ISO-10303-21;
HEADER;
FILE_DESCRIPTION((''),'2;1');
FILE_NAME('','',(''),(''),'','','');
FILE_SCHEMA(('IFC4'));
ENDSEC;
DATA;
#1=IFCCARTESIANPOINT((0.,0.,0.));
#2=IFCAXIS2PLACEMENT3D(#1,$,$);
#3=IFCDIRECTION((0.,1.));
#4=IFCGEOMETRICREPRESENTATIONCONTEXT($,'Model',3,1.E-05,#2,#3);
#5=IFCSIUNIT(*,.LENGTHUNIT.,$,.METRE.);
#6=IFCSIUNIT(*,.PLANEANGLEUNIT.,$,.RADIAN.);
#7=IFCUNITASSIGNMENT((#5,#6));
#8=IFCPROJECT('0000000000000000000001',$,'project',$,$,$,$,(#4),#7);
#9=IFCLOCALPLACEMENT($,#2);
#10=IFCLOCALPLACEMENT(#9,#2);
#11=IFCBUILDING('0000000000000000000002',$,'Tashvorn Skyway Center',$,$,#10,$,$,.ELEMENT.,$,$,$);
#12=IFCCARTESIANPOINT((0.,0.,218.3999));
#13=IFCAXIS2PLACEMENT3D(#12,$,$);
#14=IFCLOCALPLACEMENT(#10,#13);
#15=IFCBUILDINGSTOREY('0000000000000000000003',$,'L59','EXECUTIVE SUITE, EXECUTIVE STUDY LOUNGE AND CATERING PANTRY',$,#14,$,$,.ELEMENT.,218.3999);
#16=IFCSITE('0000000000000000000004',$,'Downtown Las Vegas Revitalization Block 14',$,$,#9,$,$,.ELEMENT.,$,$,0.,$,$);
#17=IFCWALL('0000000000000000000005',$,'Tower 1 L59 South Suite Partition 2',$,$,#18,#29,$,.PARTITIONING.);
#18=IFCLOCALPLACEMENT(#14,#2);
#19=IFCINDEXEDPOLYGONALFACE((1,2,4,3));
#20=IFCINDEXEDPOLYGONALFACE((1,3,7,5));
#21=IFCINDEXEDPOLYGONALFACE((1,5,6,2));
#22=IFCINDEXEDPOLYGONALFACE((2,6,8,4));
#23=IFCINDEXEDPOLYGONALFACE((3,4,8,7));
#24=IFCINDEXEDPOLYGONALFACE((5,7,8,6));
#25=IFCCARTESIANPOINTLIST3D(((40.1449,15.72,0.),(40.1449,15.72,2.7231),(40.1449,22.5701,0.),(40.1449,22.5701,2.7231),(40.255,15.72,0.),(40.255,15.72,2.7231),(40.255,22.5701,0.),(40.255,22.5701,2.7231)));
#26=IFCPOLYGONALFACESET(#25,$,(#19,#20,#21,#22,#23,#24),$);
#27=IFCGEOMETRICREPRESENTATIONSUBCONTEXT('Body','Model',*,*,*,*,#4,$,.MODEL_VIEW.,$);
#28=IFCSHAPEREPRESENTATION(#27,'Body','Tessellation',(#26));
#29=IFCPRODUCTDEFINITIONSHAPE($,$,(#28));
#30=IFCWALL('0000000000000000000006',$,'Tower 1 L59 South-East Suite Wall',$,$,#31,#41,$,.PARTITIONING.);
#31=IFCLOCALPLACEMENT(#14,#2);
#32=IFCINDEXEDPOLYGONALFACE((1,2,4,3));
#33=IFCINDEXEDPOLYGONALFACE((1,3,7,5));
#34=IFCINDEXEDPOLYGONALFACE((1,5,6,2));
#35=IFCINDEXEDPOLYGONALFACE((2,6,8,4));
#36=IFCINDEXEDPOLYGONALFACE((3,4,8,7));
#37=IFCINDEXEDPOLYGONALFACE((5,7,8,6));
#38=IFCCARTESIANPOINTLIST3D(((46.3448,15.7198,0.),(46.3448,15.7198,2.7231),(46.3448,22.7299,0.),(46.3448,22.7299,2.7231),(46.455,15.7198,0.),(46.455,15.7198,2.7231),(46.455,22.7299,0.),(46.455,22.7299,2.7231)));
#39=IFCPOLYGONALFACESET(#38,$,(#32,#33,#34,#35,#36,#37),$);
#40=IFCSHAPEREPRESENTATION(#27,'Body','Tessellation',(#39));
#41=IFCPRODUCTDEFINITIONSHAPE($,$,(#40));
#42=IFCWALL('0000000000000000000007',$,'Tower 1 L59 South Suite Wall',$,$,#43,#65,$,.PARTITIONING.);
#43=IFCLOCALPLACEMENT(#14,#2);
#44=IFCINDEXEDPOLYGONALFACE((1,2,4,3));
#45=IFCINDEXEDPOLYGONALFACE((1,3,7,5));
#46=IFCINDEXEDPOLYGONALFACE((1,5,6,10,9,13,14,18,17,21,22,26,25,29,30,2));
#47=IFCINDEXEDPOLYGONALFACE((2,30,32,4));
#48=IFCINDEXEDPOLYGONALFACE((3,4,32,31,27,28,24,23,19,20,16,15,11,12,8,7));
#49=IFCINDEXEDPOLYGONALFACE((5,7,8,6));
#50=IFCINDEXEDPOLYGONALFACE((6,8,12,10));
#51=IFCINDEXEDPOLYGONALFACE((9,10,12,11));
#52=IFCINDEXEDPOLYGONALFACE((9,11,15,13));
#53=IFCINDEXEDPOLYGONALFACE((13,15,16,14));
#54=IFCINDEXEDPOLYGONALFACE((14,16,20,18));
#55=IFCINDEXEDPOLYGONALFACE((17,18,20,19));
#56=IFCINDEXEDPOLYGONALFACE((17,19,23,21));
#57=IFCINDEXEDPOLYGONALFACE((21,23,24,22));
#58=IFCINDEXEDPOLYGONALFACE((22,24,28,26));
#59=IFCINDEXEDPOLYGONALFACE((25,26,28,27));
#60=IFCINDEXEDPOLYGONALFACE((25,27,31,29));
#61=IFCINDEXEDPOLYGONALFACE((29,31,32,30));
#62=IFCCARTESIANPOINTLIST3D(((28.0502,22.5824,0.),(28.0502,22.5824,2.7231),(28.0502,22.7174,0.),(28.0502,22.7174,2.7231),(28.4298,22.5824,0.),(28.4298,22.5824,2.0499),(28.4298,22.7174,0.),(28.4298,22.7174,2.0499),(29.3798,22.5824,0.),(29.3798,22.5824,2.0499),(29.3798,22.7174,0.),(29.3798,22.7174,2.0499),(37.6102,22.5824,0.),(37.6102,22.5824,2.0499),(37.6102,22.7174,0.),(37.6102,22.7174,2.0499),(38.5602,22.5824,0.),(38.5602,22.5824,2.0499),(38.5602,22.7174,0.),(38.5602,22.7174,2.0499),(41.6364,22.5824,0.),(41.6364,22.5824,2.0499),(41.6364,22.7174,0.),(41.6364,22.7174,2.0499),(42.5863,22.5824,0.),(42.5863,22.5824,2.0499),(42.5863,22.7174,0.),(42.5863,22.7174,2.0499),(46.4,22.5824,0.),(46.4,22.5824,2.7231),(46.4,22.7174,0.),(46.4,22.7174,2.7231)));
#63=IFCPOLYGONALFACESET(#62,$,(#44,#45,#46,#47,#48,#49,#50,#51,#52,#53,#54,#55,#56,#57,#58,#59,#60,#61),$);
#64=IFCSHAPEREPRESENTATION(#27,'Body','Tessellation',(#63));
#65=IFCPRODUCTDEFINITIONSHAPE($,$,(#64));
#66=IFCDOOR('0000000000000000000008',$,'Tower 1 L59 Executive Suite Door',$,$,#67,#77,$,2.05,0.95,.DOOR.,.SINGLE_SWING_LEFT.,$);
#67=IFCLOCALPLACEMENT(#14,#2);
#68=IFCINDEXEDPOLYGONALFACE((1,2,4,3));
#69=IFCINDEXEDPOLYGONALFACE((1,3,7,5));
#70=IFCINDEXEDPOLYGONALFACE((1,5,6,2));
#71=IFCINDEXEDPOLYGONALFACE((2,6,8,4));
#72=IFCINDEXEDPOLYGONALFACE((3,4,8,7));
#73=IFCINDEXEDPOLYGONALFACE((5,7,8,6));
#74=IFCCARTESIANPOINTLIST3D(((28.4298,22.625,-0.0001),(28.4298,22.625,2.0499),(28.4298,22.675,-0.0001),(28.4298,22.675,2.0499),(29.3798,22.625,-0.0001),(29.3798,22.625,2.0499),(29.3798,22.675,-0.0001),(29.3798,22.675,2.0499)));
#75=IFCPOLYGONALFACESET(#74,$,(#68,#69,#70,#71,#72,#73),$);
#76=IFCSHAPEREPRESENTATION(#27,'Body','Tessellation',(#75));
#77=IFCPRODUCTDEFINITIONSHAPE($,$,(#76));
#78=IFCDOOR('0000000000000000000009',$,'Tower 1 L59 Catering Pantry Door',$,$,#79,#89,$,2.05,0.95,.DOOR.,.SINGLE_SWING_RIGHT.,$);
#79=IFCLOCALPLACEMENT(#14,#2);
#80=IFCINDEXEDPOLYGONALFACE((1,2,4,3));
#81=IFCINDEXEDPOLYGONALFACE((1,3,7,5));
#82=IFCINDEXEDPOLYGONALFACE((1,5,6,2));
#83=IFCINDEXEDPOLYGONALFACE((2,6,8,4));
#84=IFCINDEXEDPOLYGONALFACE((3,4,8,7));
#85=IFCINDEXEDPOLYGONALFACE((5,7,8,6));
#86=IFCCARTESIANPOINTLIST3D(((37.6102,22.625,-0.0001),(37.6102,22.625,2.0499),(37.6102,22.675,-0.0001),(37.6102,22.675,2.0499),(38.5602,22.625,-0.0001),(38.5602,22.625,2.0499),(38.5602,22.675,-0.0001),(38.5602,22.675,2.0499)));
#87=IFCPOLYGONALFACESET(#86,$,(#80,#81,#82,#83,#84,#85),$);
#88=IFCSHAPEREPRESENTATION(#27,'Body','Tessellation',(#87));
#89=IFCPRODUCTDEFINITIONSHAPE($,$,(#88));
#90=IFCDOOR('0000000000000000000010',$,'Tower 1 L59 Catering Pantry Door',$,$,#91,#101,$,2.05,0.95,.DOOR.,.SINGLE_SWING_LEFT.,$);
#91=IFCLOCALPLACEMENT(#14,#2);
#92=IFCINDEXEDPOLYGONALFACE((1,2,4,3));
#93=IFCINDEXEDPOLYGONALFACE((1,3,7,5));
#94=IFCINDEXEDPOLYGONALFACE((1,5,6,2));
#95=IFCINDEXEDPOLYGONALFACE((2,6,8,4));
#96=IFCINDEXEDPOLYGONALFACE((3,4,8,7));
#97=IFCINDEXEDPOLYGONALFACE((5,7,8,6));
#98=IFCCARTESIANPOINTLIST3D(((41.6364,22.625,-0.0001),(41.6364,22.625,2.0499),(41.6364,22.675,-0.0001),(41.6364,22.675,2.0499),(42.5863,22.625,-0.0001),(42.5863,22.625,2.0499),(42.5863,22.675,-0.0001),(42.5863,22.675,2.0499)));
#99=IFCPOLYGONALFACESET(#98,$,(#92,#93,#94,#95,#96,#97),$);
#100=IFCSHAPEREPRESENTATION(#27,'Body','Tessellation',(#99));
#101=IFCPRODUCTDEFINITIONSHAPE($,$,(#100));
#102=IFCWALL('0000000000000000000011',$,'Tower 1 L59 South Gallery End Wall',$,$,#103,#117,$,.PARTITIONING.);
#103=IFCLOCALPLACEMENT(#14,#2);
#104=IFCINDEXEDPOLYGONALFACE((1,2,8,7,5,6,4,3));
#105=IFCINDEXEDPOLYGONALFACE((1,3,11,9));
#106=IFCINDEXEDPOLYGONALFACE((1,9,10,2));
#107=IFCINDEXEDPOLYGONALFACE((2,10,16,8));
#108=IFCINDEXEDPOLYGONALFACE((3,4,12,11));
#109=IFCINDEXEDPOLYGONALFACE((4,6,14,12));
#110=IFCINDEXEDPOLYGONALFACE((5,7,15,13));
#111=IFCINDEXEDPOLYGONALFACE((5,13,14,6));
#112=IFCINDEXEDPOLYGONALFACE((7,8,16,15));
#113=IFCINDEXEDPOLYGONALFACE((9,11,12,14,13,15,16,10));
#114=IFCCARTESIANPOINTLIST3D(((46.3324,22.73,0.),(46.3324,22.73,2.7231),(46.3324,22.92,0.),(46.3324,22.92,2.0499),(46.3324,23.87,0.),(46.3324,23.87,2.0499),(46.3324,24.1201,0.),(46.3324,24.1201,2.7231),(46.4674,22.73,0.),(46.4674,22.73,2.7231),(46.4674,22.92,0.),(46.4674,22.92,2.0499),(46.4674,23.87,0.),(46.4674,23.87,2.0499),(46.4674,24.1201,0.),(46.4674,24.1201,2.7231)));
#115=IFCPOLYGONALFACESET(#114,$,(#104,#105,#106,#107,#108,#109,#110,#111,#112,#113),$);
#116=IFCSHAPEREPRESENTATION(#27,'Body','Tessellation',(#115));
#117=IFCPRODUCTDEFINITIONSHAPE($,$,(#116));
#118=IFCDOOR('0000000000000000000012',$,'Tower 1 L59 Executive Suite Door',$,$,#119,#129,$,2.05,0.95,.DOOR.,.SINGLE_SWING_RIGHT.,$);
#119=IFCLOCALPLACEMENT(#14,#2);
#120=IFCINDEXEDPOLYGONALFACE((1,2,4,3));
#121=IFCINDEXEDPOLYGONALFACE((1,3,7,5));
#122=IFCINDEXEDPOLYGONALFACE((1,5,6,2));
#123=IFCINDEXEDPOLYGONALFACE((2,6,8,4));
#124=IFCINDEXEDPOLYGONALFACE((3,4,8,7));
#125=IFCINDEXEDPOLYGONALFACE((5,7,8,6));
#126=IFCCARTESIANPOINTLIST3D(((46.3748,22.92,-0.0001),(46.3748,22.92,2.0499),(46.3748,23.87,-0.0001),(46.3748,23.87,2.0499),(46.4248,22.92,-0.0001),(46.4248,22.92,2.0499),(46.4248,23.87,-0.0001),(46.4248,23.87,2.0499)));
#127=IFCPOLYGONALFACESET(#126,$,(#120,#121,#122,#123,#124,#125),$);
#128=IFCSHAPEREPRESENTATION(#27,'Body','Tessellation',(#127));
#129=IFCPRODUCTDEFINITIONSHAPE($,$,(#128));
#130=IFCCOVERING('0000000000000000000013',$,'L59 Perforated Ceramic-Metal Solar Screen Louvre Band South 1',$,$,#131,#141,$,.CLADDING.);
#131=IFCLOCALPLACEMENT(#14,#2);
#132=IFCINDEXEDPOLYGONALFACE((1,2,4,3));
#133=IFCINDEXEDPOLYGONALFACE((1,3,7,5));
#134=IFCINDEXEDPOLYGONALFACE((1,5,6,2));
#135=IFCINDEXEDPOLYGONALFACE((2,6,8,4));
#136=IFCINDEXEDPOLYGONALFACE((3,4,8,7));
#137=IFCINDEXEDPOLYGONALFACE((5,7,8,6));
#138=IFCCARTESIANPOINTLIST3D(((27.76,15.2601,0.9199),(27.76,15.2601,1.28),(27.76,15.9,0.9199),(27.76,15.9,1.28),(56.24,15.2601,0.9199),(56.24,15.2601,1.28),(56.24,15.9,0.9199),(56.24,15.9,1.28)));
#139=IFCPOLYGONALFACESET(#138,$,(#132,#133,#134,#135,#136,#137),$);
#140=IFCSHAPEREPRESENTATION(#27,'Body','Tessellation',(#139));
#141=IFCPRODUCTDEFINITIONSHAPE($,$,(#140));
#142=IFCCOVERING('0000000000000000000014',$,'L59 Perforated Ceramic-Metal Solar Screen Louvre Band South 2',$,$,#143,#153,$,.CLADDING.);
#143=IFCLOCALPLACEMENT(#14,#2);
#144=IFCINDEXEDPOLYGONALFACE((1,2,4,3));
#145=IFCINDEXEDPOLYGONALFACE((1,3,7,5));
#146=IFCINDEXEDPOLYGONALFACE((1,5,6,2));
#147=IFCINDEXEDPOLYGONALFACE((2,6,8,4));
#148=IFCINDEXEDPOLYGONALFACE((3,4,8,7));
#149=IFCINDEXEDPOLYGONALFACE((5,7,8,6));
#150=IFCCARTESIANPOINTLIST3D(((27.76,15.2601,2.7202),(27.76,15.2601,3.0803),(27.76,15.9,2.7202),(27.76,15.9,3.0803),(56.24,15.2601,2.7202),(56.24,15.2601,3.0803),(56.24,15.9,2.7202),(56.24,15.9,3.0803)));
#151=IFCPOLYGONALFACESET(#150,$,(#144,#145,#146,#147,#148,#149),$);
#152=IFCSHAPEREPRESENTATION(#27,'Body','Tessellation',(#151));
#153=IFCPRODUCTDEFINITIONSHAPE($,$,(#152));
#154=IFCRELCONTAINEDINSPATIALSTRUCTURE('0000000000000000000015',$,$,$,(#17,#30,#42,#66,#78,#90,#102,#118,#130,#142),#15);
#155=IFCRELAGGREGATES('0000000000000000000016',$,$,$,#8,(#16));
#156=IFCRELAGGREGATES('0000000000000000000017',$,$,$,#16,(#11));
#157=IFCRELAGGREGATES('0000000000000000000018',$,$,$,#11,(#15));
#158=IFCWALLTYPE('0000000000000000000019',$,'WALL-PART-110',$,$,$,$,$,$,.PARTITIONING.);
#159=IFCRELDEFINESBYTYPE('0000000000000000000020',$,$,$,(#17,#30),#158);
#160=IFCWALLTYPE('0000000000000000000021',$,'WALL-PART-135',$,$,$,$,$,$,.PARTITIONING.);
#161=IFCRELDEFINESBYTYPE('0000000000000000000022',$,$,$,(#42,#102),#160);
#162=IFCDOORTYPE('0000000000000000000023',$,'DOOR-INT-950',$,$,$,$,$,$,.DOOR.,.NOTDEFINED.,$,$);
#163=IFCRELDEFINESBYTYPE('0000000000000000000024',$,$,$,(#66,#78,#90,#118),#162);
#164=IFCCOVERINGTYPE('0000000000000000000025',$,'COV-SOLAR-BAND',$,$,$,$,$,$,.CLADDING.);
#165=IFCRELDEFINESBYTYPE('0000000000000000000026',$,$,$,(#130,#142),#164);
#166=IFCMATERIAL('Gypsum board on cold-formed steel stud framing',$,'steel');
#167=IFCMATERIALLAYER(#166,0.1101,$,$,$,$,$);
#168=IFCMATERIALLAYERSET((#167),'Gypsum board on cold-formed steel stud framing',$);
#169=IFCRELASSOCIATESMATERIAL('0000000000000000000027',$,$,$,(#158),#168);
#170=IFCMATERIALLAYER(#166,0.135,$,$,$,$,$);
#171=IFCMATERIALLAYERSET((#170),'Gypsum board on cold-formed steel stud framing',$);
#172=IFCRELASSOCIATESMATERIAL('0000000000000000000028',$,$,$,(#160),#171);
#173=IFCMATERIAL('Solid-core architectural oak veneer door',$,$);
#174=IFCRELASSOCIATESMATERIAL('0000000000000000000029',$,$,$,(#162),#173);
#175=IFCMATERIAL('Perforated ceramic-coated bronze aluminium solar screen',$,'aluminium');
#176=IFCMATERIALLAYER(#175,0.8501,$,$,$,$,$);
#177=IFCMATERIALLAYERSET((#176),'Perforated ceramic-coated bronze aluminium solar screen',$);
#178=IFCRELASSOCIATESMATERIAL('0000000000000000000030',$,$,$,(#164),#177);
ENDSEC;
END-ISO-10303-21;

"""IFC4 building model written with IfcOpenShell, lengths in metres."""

from ifc_helpers import new_model, si_unit, direction, frame, frame_2d, origin, origin_2d, place, context, subcontext, project, spatial, rectangle, extrude, material, layer, layer_set, type_object, element, fill, save


model = new_model("IFC4")

# Units and contexts
model_context = context("Model", 3, precision=1e-05, world=origin(), true_north=direction((0.0, 1.0)))
body_context = subcontext(model_context, "Body", "Model", "MODEL_VIEW")
ifc_project = project(units=[si_unit("LENGTHUNIT", "METRE"), si_unit("PLANEANGLEUNIT", "RADIAN")], contexts=[model_context])

# Site, building, storey
site_placement = place(None, origin())
site = spatial("IfcSite", under=ifc_project, at=site_placement, Name="Downtown Las Vegas Revitalization Block 14", CompositionType="ELEMENT", RefElevation=0.0)
building_placement = place(site_placement, origin())
building = spatial("IfcBuilding", under=site, at=building_placement, Name="Tashvorn Skyway Center", CompositionType="ELEMENT")
storey_placement = place(building_placement, frame((0.0, 0.0, 218.3999)))
storey = spatial("IfcBuildingStorey", under=building, at=storey_placement, Name="L59", Description="EXECUTIVE SUITE, EXECUTIVE STUDY LOUNGE AND CATERING PANTRY", CompositionType="ELEMENT", Elevation=218.3999)

# Walls
ifc_material_1 = material(Name="Gypsum board on cold-formed steel stud framing", Category="steel")
ifc_layer_1 = layer(ifc_material_1, 0.1101)
ifc_layer_set_1 = layer_set([ifc_layer_1], Name="Gypsum board on cold-formed steel stud framing")
wall_type_1 = type_object("IfcWallType", Name="WALL-PART-110", PredefinedType="PARTITIONING", material=ifc_layer_set_1)
wall_1_placement = place(storey_placement, frame((40.2, 15.72, 0.0), z_axis=(0.0, 0.0, 1.0), x_axis=(0.0, 1.0, 0.0)))
element("IfcWall", 1, at=wall_1_placement, inside=storey, type_object=wall_type_1, Name="Tower 1 L59 South Suite Partition 2", PredefinedType="PARTITIONING", context=body_context, shape_type="SweptSolid", body=[
    extrude(rectangle(XDim=6.8501, YDim=0.1101, at=frame_2d((3.425, 0.0))), origin(), (0.0, 0.0, 1.0), 2.7231),
])
wall_2_placement = place(storey_placement, frame((46.3999, 15.72, 0.0), z_axis=(0.0, 0.0, 1.0), x_axis=(0.0, 1.0, 0.0)))
element("IfcWall", 2, at=wall_2_placement, inside=storey, type_object=wall_type_1, Name="Tower 1 L59 South-East Suite Wall", PredefinedType="PARTITIONING", context=body_context, shape_type="SweptSolid", body=[
    extrude(rectangle(XDim=7.01, YDim=0.1101, at=frame_2d((3.5049, 0.0))), origin(), (0.0, 0.0, 1.0), 2.7231),
])

# Wall, openings, doors
ifc_layer_2 = layer(ifc_material_1, 0.135)
ifc_layer_set_2 = layer_set([ifc_layer_2], Name="Gypsum board on cold-formed steel stud framing")
wall_type_2 = type_object("IfcWallType", Name="WALL-PART-135", PredefinedType="PARTITIONING", material=ifc_layer_set_2)
wall_3_placement = place(storey_placement, frame((46.3999, 22.6499, 0.0), z_axis=(0.0, 0.0, 1.0), x_axis=(-1.0, 0.0, 0.0)))
wall_3 = element("IfcWall", 3, at=wall_3_placement, inside=storey, type_object=wall_type_2, Name="Tower 1 L59 South Suite Wall", PredefinedType="PARTITIONING", context=body_context, shape_type="SweptSolid", body=[
    extrude(rectangle(XDim=18.3499, YDim=0.135, at=frame_2d((9.1748, 0.0))), origin(), (0.0, 0.0, 1.0), 2.7231),
])
opening_1_placement = place(wall_3_placement, frame((17.02, 0.0, 0.0)))
opening_1 = element("IfcOpeningElement", 4, at=opening_1_placement, cuts=wall_3, PredefinedType="OPENING", context=body_context, shape_type="SweptSolid", body=[
    extrude(rectangle(XDim=0.95, YDim=2.05, at=frame_2d((0.4751, 1.0249))), frame((0.0, 0.0774, 0.0), z_axis=(0.0, -1.0, 0.0), x_axis=(1.0, 0.0, 0.0)), (0.0, 0.0, 1.0), 0.155),
])
opening_2_placement = place(wall_3_placement, frame((7.8396, 0.0, 0.0)))
opening_2 = element("IfcOpeningElement", 5, at=opening_2_placement, cuts=wall_3, PredefinedType="OPENING", context=body_context, shape_type="SweptSolid", body=[
    extrude(rectangle(XDim=0.95, YDim=2.05, at=frame_2d((0.4751, 1.0249))), frame((0.0, 0.0774, 0.0), z_axis=(0.0, -1.0, 0.0), x_axis=(1.0, 0.0, 0.0)), (0.0, 0.0, 1.0), 0.155),
])
opening_3_placement = place(wall_3_placement, frame((3.8135, 0.0, 0.0)))
opening_3 = element("IfcOpeningElement", 6, at=opening_3_placement, cuts=wall_3, PredefinedType="OPENING", context=body_context, shape_type="SweptSolid", body=[
    extrude(rectangle(XDim=0.95, YDim=2.05, at=frame_2d((0.4751, 1.0249))), frame((0.0, 0.0774, 0.0), z_axis=(0.0, -1.0, 0.0), x_axis=(1.0, 0.0, 0.0)), (0.0, 0.0, 1.0), 0.155),
])
ifc_material_2 = material(Name="Solid-core architectural oak veneer door")
door_type = type_object("IfcDoorType", Name="DOOR-INT-950", OperationType="NOTDEFINED", PredefinedType="DOOR", material=ifc_material_2)
door_1_placement = place(opening_1_placement, origin())
door_1 = element("IfcDoor", 7, at=door_1_placement, inside=storey, type_object=door_type, Name="Tower 1 L59 Executive Suite Door", OperationType="SINGLE_SWING_LEFT", OverallHeight=2.05, OverallWidth=0.95, PredefinedType="DOOR", context=body_context, shape_type="SweptSolid", body=[
    extrude(rectangle(XDim=0.95, YDim=2.05, at=frame_2d((0.4751, 1.0249))), frame((0.0, 0.0249, 0.0), z_axis=(0.0, -1.0, 0.0), x_axis=(1.0, 0.0, 0.0)), (0.0, 0.0, 1.0), 0.05),
])
fill(opening_1, door_1)
door_2_placement = place(opening_2_placement, origin())
door_2 = element("IfcDoor", 8, at=door_2_placement, inside=storey, type_object=door_type, Name="Tower 1 L59 Catering Pantry Door", OperationType="SINGLE_SWING_RIGHT", OverallHeight=2.05, OverallWidth=0.95, PredefinedType="DOOR", context=body_context, shape_type="SweptSolid", body=[
    extrude(rectangle(XDim=0.95, YDim=2.05, at=frame_2d((0.4751, 1.0249))), frame((0.0, 0.0249, 0.0), z_axis=(0.0, -1.0, 0.0), x_axis=(1.0, 0.0, 0.0)), (0.0, 0.0, 1.0), 0.05),
])
fill(opening_2, door_2)
door_3_placement = place(opening_3_placement, origin())
door_3 = element("IfcDoor", 9, at=door_3_placement, inside=storey, type_object=door_type, Name="Tower 1 L59 Catering Pantry Door", OperationType="SINGLE_SWING_LEFT", OverallHeight=2.05, OverallWidth=0.95, PredefinedType="DOOR", context=body_context, shape_type="SweptSolid", body=[
    extrude(rectangle(XDim=0.95, YDim=2.05, at=frame_2d((0.4751, 1.0249))), frame((0.0, 0.0249, 0.0), z_axis=(0.0, -1.0, 0.0), x_axis=(1.0, 0.0, 0.0)), (0.0, 0.0, 1.0), 0.05),
])
fill(opening_3, door_3)

# Wall, opening, door
wall_4_placement = place(storey_placement, frame((46.3999, 24.1201, 0.0), z_axis=(0.0, 0.0, 1.0), x_axis=(0.0, -1.0, 0.0)))
wall_4 = element("IfcWall", 10, at=wall_4_placement, inside=storey, type_object=wall_type_2, Name="Tower 1 L59 South Gallery End Wall", PredefinedType="PARTITIONING", context=body_context, shape_type="SweptSolid", body=[
    extrude(rectangle(XDim=1.3901, YDim=0.135, at=frame_2d((0.6951, 0.0))), origin(), (0.0, 0.0, 1.0), 2.7231),
])
opening_4_placement = place(wall_4_placement, frame((0.25, 0.0, 0.0)))
opening_4 = element("IfcOpeningElement", 11, at=opening_4_placement, cuts=wall_4, PredefinedType="OPENING", context=body_context, shape_type="SweptSolid", body=[
    extrude(rectangle(XDim=0.95, YDim=2.05, at=frame_2d((0.4751, 1.0249))), frame((0.0, 0.0774, 0.0), z_axis=(0.0, -1.0, 0.0), x_axis=(1.0, 0.0, 0.0)), (0.0, 0.0, 1.0), 0.155),
])
door_4_placement = place(opening_4_placement, origin())
door_4 = element("IfcDoor", 12, at=door_4_placement, inside=storey, type_object=door_type, Name="Tower 1 L59 Executive Suite Door", OperationType="SINGLE_SWING_RIGHT", OverallHeight=2.05, OverallWidth=0.95, PredefinedType="DOOR", context=body_context, shape_type="SweptSolid", body=[
    extrude(rectangle(XDim=0.95, YDim=2.05, at=frame_2d((0.4751, 1.0249))), frame((0.0, 0.0249, 0.0), z_axis=(0.0, -1.0, 0.0), x_axis=(1.0, 0.0, 0.0)), (0.0, 0.0, 1.0), 0.05),
])
fill(opening_4, door_4)

# Coverings
ifc_material_3 = material(Name="Perforated ceramic-coated bronze aluminium solar screen", Category="aluminium")
ifc_layer_3 = layer(ifc_material_3, 0.8501)
ifc_layer_set_3 = layer_set([ifc_layer_3], Name="Perforated ceramic-coated bronze aluminium solar screen")
covering_type = type_object("IfcCoveringType", Name="COV-SOLAR-BAND", PredefinedType="CLADDING", material=ifc_layer_set_3)
for number, where, z_axis, x_axis, name in (
    (13, (42.0, 15.5801, 0.9199), (0.0, 0.0, 1.0), (-1.0, 0.0, 0.0), "L59 Perforated Ceramic-Metal Solar Screen Louvre Band South 1"),
    (14, (42.0, 15.5801, 2.7202), (0.0, 0.0, 1.0), (-1.0, 0.0, 0.0), "L59 Perforated Ceramic-Metal Solar Screen Louvre Band South 2"),
):
    element("IfcCovering", number, at=place(storey_placement, frame(where, z_axis=z_axis, x_axis=x_axis)), inside=storey, type_object=covering_type, Name=name, PredefinedType="CLADDING", context=body_context, shape_type="SweptSolid", body=[
        extrude(rectangle(XDim=28.48, YDim=0.6399, at=origin_2d()), origin(), (0.0, 0.0, 1.0), 0.3601),
    ])

save(model, "model.ifc")
